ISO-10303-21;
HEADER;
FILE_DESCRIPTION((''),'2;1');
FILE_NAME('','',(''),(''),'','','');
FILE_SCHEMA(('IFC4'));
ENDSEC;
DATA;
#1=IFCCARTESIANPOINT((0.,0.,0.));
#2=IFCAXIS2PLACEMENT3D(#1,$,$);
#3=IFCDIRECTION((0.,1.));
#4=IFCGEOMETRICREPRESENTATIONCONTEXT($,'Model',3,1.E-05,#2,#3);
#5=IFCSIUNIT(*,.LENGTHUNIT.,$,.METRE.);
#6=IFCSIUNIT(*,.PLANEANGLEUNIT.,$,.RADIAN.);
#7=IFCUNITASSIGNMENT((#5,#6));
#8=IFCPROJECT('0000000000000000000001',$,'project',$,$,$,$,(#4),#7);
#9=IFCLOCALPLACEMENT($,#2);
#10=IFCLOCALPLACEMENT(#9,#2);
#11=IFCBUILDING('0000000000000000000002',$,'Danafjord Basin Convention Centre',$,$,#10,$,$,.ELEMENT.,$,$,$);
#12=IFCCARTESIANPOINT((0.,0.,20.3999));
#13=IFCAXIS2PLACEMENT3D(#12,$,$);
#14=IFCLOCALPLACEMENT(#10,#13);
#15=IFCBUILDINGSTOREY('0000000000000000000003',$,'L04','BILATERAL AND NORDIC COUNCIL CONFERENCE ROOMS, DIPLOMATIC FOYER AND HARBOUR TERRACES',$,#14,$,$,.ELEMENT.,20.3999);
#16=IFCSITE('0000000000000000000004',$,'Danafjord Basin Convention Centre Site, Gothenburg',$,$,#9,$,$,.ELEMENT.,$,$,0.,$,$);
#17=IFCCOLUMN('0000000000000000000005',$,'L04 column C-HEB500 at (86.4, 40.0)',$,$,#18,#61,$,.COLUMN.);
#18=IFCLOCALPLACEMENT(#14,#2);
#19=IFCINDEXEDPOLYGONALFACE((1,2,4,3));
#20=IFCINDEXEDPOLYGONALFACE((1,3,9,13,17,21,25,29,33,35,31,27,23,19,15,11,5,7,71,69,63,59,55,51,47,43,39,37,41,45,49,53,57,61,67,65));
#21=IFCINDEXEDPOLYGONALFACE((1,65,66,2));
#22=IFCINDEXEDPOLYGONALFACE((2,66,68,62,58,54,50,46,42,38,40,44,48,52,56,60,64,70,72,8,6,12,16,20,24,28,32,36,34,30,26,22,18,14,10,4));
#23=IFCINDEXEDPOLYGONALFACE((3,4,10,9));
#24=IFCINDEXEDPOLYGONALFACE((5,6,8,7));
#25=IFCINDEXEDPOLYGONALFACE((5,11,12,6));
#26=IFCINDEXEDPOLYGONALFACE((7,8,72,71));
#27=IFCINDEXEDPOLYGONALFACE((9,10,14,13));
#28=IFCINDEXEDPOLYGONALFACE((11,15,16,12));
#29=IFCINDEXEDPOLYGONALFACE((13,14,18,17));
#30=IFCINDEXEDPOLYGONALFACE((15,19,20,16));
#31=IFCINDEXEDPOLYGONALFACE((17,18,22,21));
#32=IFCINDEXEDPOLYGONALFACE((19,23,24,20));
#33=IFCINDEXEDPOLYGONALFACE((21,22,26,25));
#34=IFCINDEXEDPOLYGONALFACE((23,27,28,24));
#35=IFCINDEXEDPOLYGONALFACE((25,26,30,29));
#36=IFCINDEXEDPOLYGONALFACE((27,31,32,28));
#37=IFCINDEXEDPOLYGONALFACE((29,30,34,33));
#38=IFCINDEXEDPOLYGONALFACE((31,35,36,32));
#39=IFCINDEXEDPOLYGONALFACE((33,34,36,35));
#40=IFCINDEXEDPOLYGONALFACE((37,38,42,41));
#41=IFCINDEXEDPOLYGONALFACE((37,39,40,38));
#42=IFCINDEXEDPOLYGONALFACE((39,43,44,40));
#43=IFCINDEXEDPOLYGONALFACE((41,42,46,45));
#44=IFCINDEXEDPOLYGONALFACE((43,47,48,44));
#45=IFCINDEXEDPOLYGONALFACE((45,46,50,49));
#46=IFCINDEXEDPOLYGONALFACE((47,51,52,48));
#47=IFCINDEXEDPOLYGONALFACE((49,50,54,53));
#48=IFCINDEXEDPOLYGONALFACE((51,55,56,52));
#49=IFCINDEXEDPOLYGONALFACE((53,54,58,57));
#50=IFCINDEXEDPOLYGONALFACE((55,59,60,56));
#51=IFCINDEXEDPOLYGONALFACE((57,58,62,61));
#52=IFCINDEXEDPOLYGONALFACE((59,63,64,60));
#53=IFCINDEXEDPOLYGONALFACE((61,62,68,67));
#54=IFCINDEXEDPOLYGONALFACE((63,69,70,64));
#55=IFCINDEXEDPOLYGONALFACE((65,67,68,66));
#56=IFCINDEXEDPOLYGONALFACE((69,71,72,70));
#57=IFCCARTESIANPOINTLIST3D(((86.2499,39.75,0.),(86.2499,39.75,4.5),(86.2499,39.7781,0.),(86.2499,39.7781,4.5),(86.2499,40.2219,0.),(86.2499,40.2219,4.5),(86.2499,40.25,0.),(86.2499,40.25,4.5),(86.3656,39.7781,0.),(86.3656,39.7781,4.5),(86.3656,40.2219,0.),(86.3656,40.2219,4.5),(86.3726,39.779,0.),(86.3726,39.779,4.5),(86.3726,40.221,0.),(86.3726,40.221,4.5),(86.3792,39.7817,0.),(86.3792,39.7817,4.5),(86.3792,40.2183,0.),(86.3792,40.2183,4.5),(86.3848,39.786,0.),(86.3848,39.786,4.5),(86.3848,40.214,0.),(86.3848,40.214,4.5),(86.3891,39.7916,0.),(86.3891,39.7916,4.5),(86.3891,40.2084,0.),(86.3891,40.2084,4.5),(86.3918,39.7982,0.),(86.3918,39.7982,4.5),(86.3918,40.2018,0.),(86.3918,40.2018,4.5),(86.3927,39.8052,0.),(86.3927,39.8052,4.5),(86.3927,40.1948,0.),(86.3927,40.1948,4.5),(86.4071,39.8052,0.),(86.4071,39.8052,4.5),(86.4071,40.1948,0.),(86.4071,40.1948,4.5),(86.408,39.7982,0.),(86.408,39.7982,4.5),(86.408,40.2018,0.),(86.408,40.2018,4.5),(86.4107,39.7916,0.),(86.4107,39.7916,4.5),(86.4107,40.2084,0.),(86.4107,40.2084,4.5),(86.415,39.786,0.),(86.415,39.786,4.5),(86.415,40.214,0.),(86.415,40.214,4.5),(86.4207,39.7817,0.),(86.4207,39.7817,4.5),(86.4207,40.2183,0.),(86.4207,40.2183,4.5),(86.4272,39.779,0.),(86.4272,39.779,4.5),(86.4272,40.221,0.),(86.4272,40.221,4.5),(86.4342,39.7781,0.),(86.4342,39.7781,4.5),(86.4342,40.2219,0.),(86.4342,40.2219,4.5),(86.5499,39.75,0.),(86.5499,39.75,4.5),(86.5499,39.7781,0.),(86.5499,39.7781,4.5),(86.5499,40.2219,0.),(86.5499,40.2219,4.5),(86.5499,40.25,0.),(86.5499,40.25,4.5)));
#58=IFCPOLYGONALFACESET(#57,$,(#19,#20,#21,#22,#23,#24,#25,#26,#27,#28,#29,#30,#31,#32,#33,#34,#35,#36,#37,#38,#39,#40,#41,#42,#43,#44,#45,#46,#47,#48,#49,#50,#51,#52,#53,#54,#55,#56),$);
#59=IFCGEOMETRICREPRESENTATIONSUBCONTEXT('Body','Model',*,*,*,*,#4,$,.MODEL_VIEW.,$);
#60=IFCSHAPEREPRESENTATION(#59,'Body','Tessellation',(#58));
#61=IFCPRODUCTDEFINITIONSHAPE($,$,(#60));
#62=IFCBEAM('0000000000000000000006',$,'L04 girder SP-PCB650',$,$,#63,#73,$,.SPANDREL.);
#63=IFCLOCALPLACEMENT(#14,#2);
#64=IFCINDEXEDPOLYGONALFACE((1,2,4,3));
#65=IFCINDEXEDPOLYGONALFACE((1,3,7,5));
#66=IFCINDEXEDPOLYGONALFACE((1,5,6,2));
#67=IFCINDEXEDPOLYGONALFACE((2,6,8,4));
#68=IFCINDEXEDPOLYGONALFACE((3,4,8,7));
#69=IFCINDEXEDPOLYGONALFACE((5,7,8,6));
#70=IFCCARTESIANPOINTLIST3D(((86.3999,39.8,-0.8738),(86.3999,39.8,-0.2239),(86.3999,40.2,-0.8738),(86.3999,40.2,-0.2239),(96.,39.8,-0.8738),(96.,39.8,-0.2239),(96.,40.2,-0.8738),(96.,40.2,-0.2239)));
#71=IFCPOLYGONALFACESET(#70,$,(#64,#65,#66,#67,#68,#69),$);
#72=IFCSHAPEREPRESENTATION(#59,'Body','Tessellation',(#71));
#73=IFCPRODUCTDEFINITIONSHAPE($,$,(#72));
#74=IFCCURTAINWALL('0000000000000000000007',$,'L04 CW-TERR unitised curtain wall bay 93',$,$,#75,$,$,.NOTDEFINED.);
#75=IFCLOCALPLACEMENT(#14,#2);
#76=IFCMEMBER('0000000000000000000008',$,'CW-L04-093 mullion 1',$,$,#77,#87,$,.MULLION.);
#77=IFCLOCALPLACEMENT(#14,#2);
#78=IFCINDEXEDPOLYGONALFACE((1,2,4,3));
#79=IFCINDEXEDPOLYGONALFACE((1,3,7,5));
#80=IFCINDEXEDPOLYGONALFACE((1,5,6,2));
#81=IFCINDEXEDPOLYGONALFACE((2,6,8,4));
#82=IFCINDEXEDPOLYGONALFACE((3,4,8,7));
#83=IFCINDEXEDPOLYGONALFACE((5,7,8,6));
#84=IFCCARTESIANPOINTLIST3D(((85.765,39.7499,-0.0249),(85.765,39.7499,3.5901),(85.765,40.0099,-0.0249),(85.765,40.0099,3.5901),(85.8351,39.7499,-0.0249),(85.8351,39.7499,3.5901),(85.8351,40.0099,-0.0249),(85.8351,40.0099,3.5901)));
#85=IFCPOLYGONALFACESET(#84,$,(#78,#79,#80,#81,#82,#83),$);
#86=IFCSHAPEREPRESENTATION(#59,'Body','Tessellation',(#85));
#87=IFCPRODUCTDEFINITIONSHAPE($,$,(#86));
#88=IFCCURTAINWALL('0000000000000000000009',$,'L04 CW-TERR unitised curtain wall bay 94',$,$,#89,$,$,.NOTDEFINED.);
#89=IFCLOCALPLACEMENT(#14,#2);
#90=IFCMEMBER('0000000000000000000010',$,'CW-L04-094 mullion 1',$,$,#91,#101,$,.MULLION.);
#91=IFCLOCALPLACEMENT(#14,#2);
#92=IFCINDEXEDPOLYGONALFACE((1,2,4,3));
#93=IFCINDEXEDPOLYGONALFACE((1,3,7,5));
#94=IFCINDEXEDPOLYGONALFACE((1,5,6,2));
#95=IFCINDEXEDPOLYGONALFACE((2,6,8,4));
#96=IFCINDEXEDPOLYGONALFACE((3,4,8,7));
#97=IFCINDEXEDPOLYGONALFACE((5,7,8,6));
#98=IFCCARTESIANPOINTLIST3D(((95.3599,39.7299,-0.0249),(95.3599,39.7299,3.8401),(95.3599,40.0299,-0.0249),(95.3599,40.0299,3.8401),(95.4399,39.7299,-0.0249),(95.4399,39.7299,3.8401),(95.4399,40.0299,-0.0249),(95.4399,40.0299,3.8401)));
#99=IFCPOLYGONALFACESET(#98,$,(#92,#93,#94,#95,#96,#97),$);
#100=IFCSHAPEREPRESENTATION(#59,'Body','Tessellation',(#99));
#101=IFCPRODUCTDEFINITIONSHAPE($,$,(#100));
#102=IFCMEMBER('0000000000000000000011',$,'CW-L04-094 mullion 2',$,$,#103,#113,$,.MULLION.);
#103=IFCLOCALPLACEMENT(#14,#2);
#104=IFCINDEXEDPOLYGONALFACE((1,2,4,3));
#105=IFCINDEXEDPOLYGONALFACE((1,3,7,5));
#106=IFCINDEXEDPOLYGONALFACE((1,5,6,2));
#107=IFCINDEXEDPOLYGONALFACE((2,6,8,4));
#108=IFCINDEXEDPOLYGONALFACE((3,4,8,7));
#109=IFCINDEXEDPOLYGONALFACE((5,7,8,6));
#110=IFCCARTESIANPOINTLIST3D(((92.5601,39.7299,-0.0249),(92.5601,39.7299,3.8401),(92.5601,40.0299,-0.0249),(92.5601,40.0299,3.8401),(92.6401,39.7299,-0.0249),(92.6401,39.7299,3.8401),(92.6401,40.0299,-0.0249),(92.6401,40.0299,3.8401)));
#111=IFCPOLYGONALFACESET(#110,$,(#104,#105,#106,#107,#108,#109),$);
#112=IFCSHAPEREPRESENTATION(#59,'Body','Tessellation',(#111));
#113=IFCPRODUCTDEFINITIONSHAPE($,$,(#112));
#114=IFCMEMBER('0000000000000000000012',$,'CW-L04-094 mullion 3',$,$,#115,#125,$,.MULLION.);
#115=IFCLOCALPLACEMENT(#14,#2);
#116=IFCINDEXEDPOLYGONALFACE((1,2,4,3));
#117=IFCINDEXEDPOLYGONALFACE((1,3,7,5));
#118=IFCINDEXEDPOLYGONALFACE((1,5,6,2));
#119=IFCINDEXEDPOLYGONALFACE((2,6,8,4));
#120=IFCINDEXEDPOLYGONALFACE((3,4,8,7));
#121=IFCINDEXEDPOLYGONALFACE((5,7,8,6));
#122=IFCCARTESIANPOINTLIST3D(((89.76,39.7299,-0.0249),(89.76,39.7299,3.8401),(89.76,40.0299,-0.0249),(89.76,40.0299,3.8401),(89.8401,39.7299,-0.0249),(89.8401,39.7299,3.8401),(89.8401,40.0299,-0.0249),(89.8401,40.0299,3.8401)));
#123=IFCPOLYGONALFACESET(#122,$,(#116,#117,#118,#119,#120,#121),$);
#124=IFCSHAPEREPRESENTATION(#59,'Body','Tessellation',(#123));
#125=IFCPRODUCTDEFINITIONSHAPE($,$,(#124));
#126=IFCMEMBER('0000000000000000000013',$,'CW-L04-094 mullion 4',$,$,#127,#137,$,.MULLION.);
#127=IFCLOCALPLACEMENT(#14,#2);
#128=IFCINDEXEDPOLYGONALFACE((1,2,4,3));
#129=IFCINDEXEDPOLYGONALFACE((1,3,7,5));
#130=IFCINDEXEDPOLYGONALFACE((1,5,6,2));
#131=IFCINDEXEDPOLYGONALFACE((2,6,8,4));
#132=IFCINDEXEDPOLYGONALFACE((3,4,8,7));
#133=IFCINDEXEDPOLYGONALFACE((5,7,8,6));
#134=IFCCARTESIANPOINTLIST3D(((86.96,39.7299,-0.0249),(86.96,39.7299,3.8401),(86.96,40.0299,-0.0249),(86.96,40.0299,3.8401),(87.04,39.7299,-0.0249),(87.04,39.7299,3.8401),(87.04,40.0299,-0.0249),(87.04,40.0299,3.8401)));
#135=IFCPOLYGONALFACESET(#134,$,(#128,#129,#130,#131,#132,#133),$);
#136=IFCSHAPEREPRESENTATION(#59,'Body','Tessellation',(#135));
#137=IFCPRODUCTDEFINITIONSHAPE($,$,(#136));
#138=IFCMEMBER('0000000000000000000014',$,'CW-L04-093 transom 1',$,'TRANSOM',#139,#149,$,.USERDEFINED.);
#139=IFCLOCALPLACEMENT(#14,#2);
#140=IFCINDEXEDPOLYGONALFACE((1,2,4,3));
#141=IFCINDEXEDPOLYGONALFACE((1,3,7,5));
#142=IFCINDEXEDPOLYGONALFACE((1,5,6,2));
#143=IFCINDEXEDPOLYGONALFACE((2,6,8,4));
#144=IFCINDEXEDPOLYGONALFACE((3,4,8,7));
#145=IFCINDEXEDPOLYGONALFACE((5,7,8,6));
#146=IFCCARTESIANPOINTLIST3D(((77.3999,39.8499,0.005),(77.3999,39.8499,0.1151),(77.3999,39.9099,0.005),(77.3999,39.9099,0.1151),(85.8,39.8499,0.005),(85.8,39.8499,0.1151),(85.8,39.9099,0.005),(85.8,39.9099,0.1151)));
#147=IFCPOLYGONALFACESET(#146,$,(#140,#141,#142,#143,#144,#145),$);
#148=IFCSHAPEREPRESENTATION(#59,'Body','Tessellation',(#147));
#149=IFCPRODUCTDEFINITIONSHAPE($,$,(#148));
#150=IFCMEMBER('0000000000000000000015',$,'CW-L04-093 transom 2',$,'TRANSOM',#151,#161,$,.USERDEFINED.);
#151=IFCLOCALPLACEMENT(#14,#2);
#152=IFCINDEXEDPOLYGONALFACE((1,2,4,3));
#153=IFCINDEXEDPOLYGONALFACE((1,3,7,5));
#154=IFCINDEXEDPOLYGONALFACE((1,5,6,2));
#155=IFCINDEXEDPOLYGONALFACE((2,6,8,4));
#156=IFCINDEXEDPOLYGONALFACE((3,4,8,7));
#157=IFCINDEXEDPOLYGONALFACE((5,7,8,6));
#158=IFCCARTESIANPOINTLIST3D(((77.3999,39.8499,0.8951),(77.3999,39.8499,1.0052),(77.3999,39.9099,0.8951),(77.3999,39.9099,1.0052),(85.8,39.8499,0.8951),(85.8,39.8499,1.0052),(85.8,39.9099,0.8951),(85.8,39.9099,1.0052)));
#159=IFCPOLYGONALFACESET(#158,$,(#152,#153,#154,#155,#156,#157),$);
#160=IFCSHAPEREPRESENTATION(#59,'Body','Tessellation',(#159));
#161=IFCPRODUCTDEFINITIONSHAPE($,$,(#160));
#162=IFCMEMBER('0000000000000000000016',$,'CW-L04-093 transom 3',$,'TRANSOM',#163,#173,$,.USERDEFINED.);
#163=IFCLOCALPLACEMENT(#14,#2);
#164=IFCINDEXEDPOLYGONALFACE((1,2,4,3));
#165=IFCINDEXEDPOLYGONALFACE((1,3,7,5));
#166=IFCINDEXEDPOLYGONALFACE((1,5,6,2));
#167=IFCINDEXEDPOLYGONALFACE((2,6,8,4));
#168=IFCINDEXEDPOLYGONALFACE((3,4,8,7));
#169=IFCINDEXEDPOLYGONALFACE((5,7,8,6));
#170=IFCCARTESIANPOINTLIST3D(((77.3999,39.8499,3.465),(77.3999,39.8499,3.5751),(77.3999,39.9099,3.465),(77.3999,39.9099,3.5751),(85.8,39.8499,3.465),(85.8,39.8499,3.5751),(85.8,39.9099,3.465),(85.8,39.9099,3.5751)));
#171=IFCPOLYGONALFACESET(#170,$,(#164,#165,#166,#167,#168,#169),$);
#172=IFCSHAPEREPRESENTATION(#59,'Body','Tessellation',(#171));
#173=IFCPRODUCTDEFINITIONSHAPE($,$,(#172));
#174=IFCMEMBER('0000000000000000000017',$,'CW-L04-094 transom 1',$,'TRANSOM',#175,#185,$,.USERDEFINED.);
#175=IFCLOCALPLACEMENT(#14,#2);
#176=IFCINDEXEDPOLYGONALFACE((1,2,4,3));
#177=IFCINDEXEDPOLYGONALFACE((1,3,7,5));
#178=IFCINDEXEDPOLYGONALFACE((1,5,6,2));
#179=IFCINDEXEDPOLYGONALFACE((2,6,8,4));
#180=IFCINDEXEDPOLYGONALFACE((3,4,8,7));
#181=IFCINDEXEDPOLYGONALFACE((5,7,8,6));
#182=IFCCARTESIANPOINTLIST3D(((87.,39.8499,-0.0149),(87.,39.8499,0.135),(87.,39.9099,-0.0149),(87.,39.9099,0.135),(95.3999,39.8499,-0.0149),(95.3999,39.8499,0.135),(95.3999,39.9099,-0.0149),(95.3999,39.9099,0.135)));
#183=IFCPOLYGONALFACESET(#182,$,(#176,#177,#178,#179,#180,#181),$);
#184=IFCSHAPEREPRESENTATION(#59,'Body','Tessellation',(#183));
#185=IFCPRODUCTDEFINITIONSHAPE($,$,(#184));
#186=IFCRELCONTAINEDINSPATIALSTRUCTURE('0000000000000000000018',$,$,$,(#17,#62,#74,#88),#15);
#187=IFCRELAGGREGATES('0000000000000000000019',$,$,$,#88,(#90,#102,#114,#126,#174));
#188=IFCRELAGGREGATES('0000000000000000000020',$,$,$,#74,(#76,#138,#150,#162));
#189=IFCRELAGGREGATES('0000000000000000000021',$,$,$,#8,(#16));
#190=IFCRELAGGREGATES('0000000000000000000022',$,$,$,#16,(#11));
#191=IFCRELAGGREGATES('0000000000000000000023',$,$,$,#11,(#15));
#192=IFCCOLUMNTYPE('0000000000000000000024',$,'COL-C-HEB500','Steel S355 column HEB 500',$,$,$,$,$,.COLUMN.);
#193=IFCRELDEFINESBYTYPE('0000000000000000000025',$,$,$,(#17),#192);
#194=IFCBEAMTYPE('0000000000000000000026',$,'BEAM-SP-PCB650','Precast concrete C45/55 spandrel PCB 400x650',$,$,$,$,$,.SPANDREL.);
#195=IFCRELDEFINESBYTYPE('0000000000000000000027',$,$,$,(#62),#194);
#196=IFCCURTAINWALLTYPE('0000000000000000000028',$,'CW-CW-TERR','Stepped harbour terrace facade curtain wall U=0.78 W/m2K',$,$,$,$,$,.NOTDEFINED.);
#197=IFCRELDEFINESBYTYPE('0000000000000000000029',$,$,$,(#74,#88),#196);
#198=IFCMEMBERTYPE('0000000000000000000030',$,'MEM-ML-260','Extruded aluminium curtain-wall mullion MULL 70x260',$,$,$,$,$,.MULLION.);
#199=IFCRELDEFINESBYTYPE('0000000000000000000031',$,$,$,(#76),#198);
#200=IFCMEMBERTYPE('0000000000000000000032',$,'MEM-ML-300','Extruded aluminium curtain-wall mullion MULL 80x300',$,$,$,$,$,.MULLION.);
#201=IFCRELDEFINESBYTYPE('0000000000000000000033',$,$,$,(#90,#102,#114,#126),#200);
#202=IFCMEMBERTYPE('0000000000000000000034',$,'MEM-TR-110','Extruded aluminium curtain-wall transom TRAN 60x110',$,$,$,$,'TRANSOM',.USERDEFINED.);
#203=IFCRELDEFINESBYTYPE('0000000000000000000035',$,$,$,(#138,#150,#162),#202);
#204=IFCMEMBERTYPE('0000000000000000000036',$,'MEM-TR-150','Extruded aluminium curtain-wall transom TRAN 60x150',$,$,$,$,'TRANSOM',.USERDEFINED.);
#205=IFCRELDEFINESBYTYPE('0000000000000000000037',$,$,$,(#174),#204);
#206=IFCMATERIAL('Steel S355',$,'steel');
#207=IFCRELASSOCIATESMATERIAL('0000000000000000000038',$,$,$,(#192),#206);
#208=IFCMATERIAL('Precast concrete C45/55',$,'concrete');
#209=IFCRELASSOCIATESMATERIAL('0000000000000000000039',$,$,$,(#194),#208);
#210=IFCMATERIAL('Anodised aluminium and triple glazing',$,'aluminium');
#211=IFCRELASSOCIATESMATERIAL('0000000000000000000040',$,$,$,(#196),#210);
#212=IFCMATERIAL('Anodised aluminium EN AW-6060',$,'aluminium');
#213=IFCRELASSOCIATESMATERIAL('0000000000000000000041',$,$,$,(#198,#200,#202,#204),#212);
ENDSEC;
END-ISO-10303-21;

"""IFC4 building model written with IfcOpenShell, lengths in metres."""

from ifc_helpers import new_model, si_unit, direction, frame, origin, origin_2d, place, context, subcontext, project, spatial, rectangle, i_section, extrude, material, material_profile, profile_set, type_object, element, aggregate, save


model = new_model("IFC4")

# Units and contexts
model_context = context("Model", 3, precision=1e-05, world=origin(), true_north=direction((0.0, 1.0)))
body_context = subcontext(model_context, "Body", "Model", "MODEL_VIEW")
ifc_project = project(units=[si_unit("LENGTHUNIT", "METRE"), si_unit("PLANEANGLEUNIT", "RADIAN")], contexts=[model_context])

# Site, building, storey
site_placement = place(None, origin())
site = spatial("IfcSite", under=ifc_project, at=site_placement, Name="Danafjord Basin Convention Centre Site, Gothenburg", CompositionType="ELEMENT", RefElevation=0.0)
building_placement = place(site_placement, origin())
building = spatial("IfcBuilding", under=site, at=building_placement, Name="Danafjord Basin Convention Centre", CompositionType="ELEMENT")
storey_placement = place(building_placement, frame((0.0, 0.0, 20.3999)))
storey = spatial("IfcBuildingStorey", under=building, at=storey_placement, Name="L04", Description="BILATERAL AND NORDIC COUNCIL CONFERENCE ROOMS, DIPLOMATIC FOYER AND HARBOUR TERRACES", CompositionType="ELEMENT", Elevation=20.3999)

# Column
ifc_material_1 = material(Name="Steel S355", Category="steel")
ifc_material_profile_1 = material_profile(ifc_material_1, i_section(OverallWidth=0.3, OverallDepth=0.5, WebThickness=0.0144, FlangeThickness=0.0281, FilletRadius=0.0271, at=origin_2d()), Name="HEB 500")
ifc_profile_set_1 = profile_set([ifc_material_profile_1], Name="Steel S355")
column_type = type_object("IfcColumnType", Name="COL-C-HEB500", Description="Steel S355 column HEB 500", PredefinedType="COLUMN", material=ifc_profile_set_1)
column_placement = place(storey_placement, frame((86.3999, 40.0, 0.0), z_axis=(0.0, 0.0, 1.0), x_axis=(1.0, 0.0, 0.0)))
element("IfcColumn", 1, at=column_placement, inside=storey, type_object=column_type, Name="L04 column C-HEB500 at (86.4, 40.0)", PredefinedType="COLUMN", context=body_context, shape_type="SweptSolid", body=[
    extrude(i_section(OverallWidth=0.3, OverallDepth=0.5, WebThickness=0.0144, FlangeThickness=0.0281, FilletRadius=0.0271, at=origin_2d()), origin(), (0.0, 0.0, 1.0), 4.5),
])

# Beam
ifc_material_2 = material(Name="Precast concrete C45/55", Category="concrete")
ifc_material_profile_2 = material_profile(ifc_material_2, rectangle(XDim=0.3999, YDim=0.6499, at=origin_2d()), Name="PCB 400x650")
ifc_profile_set_2 = profile_set([ifc_material_profile_2], Name="Precast concrete C45/55")
beam_type = type_object("IfcBeamType", Name="BEAM-SP-PCB650", Description="Precast concrete C45/55 spandrel PCB 400x650", PredefinedType="SPANDREL", material=ifc_profile_set_2)
beam_placement = place(storey_placement, frame((86.3999, 40.0, -0.5488), z_axis=(1.0, 0.0, 0.0), x_axis=(0.0, 1.0, 0.0)))
element("IfcBeam", 2, at=beam_placement, inside=storey, type_object=beam_type, Name="L04 girder SP-PCB650", PredefinedType="SPANDREL", context=body_context, shape_type="SweptSolid", body=[
    extrude(rectangle(XDim=0.3999, YDim=0.6499, at=origin_2d()), origin(), (0.0, 0.0, 1.0), 9.6001),
])

# Curtain wall, member
ifc_material_3 = material(Name="Anodised aluminium and triple glazing", Category="aluminium")
curtain_wall_type = type_object("IfcCurtainWallType", Name="CW-CW-TERR", Description="Stepped harbour terrace facade curtain wall U=0.78 W/m2K", PredefinedType="NOTDEFINED", material=ifc_material_3)
curtain_wall_1_placement = place(storey_placement, origin())
curtain_wall_1 = element("IfcCurtainWall", 3, at=curtain_wall_1_placement, inside=storey, type_object=curtain_wall_type, Name="L04 CW-TERR unitised curtain wall bay 93", PredefinedType="NOTDEFINED")
ifc_material_4 = material(Name="Anodised aluminium EN AW-6060", Category="aluminium")
ifc_material_profile_3 = material_profile(ifc_material_4, rectangle(XDim=0.0701, YDim=0.26, at=origin_2d()), Name="MULL 70x260")
ifc_profile_set_3 = profile_set([ifc_material_profile_3], Name="Anodised aluminium EN AW-6060")
member_type_1 = type_object("IfcMemberType", Name="MEM-ML-260", Description="Extruded aluminium curtain-wall mullion MULL 70x260", PredefinedType="MULLION", material=ifc_profile_set_3)
member_1_placement = place(storey_placement, frame((85.8, 39.8799, -0.0249), z_axis=(0.0, 0.0, 1.0), x_axis=(-1.0, 0.0, 0.0)))
member_1 = element("IfcMember", 4, at=member_1_placement, type_object=member_type_1, Name="CW-L04-093 mullion 1", PredefinedType="MULLION", context=body_context, shape_type="SweptSolid", body=[
    extrude(rectangle(XDim=0.0701, YDim=0.26, at=origin_2d()), origin(), (0.0, 0.0, 1.0), 3.615),
])

# Curtain wall, members
curtain_wall_2_placement = place(storey_placement, origin())
curtain_wall_2 = element("IfcCurtainWall", 5, at=curtain_wall_2_placement, inside=storey, type_object=curtain_wall_type, Name="L04 CW-TERR unitised curtain wall bay 94", PredefinedType="NOTDEFINED")
ifc_material_profile_4 = material_profile(ifc_material_4, rectangle(XDim=0.0801, YDim=0.3, at=origin_2d()), Name="MULL 80x300")
ifc_profile_set_4 = profile_set([ifc_material_profile_4], Name="Anodised aluminium EN AW-6060")
member_type_2 = type_object("IfcMemberType", Name="MEM-ML-300", Description="Extruded aluminium curtain-wall mullion MULL 80x300", PredefinedType="MULLION", material=ifc_profile_set_4)
member_2_placement = place(storey_placement, frame((95.3999, 39.8799, -0.0249), z_axis=(0.0, 0.0, 1.0), x_axis=(-1.0, 0.0, 0.0)))
member_2 = element("IfcMember", 6, at=member_2_placement, type_object=member_type_2, Name="CW-L04-094 mullion 1", PredefinedType="MULLION", context=body_context, shape_type="SweptSolid", body=[
    extrude(rectangle(XDim=0.0801, YDim=0.3, at=origin_2d()), origin(), (0.0, 0.0, 1.0), 3.865),
])
member_3_placement = place(storey_placement, frame((92.6001, 39.8799, -0.0249), z_axis=(0.0, 0.0, 1.0), x_axis=(-1.0, 0.0, 0.0)))
member_3 = element("IfcMember", 7, at=member_3_placement, type_object=member_type_2, Name="CW-L04-094 mullion 2", PredefinedType="MULLION", context=body_context, shape_type="SweptSolid", body=[
    extrude(rectangle(XDim=0.0801, YDim=0.3, at=origin_2d()), origin(), (0.0, 0.0, 1.0), 3.865),
])
member_4_placement = place(storey_placement, frame((89.8, 39.8799, -0.0249), z_axis=(0.0, 0.0, 1.0), x_axis=(-1.0, 0.0, 0.0)))
member_4 = element("IfcMember", 8, at=member_4_placement, type_object=member_type_2, Name="CW-L04-094 mullion 3", PredefinedType="MULLION", context=body_context, shape_type="SweptSolid", body=[
    extrude(rectangle(XDim=0.0801, YDim=0.3, at=origin_2d()), origin(), (0.0, 0.0, 1.0), 3.865),
])
member_5_placement = place(storey_placement, frame((87.0, 39.8799, -0.0249), z_axis=(0.0, 0.0, 1.0), x_axis=(-1.0, 0.0, 0.0)))
member_5 = element("IfcMember", 9, at=member_5_placement, type_object=member_type_2, Name="CW-L04-094 mullion 4", PredefinedType="MULLION", context=body_context, shape_type="SweptSolid", body=[
    extrude(rectangle(XDim=0.0801, YDim=0.3, at=origin_2d()), origin(), (0.0, 0.0, 1.0), 3.865),
])

# Members
ifc_material_profile_5 = material_profile(ifc_material_4, rectangle(XDim=0.0601, YDim=0.1101, at=origin_2d()), Name="TRAN 60x110")
ifc_profile_set_5 = profile_set([ifc_material_profile_5], Name="Anodised aluminium EN AW-6060")
member_type_3 = type_object("IfcMemberType", Name="MEM-TR-110", Description="Extruded aluminium curtain-wall transom TRAN 60x110", ElementType="TRANSOM", PredefinedType="USERDEFINED", material=ifc_profile_set_5)
member_6_placement = place(storey_placement, frame((85.8, 39.8799, 0.0601), z_axis=(-1.0, 0.0, 0.0), x_axis=(0.0, -1.0, 0.0)))
member_6 = element("IfcMember", 10, at=member_6_placement, type_object=member_type_3, Name="CW-L04-093 transom 1", ObjectType="TRANSOM", PredefinedType="USERDEFINED", context=body_context, shape_type="SweptSolid", body=[
    extrude(rectangle(XDim=0.0601, YDim=0.1101, at=origin_2d()), origin(), (0.0, 0.0, 1.0), 8.4001),
])
member_7_placement = place(storey_placement, frame((85.8, 39.8799, 0.9502), z_axis=(-1.0, 0.0, 0.0), x_axis=(0.0, -1.0, 0.0)))
member_7 = element("IfcMember", 11, at=member_7_placement, type_object=member_type_3, Name="CW-L04-093 transom 2", ObjectType="TRANSOM", PredefinedType="USERDEFINED", context=body_context, shape_type="SweptSolid", body=[
    extrude(rectangle(XDim=0.0601, YDim=0.1101, at=origin_2d()), origin(), (0.0, 0.0, 1.0), 8.4001),
])
member_8_placement = place(storey_placement, frame((85.8, 39.8799, 3.52), z_axis=(-1.0, 0.0, 0.0), x_axis=(0.0, -1.0, 0.0)))
member_8 = element("IfcMember", 12, at=member_8_placement, type_object=member_type_3, Name="CW-L04-093 transom 3", ObjectType="TRANSOM", PredefinedType="USERDEFINED", context=body_context, shape_type="SweptSolid", body=[
    extrude(rectangle(XDim=0.0601, YDim=0.1101, at=origin_2d()), origin(), (0.0, 0.0, 1.0), 8.4001),
])
ifc_material_profile_6 = material_profile(ifc_material_4, rectangle(XDim=0.0601, YDim=0.1499, at=origin_2d()), Name="TRAN 60x150")
ifc_profile_set_6 = profile_set([ifc_material_profile_6], Name="Anodised aluminium EN AW-6060")
member_type_4 = type_object("IfcMemberType", Name="MEM-TR-150", Description="Extruded aluminium curtain-wall transom TRAN 60x150", ElementType="TRANSOM", PredefinedType="USERDEFINED", material=ifc_profile_set_6)
member_9_placement = place(storey_placement, frame((95.3999, 39.8799, 0.0601), z_axis=(-1.0, 0.0, 0.0), x_axis=(0.0, -1.0, 0.0)))
member_9 = element("IfcMember", 13, at=member_9_placement, type_object=member_type_4, Name="CW-L04-094 transom 1", ObjectType="TRANSOM", PredefinedType="USERDEFINED", context=body_context, shape_type="SweptSolid", body=[
    extrude(rectangle(XDim=0.0601, YDim=0.1499, at=origin_2d()), origin(), (0.0, 0.0, 1.0), 8.3999),
])

aggregate(curtain_wall_2, [member_2, member_3, member_4, member_5, member_9])
aggregate(curtain_wall_1, [member_1, member_6, member_7, member_8])

save(model, "model.ifc")
